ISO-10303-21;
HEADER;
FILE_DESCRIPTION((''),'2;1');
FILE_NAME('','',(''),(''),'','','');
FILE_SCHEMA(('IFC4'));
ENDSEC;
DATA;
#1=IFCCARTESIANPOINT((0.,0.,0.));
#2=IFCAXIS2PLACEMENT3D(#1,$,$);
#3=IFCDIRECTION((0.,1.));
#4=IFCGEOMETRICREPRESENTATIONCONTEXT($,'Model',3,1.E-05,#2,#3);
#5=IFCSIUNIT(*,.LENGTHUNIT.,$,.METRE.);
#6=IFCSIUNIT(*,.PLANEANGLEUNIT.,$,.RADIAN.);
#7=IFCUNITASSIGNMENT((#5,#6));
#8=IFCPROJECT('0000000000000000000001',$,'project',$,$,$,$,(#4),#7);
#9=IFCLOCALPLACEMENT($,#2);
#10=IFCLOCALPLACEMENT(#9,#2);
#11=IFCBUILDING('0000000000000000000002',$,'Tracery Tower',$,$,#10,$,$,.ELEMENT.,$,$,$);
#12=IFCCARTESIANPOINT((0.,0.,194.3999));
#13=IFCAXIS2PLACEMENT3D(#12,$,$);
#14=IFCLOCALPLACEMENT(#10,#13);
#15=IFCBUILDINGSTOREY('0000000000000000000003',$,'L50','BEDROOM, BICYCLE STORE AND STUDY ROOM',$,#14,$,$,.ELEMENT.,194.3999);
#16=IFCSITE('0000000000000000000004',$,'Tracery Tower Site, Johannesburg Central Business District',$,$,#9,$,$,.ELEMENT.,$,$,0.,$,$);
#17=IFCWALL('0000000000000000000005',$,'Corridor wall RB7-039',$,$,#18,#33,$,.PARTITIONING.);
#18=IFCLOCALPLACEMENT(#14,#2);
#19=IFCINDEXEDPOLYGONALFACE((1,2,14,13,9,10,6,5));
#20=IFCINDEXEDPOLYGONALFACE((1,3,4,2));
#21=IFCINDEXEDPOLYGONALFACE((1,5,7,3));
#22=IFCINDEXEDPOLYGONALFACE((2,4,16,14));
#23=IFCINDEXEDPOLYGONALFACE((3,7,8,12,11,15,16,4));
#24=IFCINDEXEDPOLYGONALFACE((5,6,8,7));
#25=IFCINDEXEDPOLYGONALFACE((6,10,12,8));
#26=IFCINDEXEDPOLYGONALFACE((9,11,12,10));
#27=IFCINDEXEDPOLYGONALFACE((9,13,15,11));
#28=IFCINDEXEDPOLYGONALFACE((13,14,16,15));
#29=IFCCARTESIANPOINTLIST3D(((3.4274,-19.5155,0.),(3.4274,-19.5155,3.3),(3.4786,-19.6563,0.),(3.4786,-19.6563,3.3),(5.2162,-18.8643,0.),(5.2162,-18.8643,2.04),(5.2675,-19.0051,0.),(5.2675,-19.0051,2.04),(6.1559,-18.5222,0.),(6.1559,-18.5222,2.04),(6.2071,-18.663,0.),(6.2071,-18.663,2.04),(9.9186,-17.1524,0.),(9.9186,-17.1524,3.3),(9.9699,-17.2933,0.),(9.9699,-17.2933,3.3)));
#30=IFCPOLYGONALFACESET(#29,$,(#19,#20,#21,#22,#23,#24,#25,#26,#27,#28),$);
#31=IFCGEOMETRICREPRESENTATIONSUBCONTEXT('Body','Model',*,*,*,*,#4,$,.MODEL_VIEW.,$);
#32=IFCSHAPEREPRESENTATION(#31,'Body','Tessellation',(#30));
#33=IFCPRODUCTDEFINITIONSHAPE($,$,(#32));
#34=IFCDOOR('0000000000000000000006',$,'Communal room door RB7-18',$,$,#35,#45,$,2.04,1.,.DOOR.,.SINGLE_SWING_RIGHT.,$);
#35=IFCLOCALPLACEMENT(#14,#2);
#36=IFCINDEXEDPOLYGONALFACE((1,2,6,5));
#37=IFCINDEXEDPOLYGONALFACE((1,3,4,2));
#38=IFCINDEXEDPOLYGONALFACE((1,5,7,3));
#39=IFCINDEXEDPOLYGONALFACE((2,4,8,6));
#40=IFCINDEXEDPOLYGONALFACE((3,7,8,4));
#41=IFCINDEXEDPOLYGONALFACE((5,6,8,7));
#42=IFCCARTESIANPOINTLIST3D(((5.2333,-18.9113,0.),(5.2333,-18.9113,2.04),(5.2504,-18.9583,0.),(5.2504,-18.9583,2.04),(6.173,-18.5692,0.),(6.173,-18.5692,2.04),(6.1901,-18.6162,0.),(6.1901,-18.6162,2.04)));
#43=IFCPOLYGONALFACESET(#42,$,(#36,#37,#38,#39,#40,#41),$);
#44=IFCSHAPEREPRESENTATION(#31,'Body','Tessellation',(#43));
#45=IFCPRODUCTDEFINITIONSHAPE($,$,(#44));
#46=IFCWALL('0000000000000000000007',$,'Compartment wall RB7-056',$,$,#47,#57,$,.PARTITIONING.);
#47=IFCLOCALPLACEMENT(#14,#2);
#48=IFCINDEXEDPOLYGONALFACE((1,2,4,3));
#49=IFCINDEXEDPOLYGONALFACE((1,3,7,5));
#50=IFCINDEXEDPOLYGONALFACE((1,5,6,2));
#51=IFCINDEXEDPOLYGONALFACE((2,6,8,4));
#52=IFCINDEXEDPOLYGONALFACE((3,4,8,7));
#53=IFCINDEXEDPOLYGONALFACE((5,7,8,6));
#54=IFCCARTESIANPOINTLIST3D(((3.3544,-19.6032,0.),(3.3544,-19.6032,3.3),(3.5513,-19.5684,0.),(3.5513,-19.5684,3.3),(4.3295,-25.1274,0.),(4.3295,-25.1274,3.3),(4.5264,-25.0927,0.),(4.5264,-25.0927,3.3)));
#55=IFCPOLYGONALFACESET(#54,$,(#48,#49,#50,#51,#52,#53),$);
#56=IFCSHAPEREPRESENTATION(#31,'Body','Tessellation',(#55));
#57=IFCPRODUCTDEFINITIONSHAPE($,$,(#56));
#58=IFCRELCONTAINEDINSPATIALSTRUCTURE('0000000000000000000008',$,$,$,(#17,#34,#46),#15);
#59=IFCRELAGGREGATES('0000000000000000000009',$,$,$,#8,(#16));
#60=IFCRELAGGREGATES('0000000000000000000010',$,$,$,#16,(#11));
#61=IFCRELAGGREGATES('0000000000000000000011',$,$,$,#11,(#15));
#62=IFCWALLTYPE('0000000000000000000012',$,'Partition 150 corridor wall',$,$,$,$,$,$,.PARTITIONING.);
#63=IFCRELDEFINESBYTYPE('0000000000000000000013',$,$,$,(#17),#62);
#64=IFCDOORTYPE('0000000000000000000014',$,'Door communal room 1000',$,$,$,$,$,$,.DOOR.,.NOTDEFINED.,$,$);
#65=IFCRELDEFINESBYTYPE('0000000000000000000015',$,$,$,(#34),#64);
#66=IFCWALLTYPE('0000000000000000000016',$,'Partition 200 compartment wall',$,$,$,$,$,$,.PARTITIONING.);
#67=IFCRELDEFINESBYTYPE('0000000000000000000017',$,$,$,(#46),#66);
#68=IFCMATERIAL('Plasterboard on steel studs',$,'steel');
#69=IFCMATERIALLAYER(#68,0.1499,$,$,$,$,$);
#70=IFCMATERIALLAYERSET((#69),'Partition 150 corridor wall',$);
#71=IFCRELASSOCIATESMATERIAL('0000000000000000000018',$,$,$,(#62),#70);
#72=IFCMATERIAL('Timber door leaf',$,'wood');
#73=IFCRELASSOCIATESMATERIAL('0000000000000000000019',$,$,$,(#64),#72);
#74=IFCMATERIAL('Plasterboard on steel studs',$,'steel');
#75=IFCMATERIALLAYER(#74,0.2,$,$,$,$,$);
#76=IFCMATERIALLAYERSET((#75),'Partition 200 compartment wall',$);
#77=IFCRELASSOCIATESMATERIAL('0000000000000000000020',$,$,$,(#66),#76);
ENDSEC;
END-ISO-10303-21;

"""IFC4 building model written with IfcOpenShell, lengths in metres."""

from ifc_helpers import new_model, si_unit, direction, frame, frame_2d, origin, place, context, subcontext, project, spatial, rectangle, extrude, material, layer, layer_set, type_object, element, fill, save


model = new_model("IFC4")

# Units and contexts
model_context = context("Model", 3, precision=1e-05, world=origin(), true_north=direction((0.0, 1.0)))
body_context = subcontext(model_context, "Body", "Model", "MODEL_VIEW")
ifc_project = project(units=[si_unit("LENGTHUNIT", "METRE"), si_unit("PLANEANGLEUNIT", "RADIAN")], contexts=[model_context])

# Site, building, storey
site_placement = place(None, origin())
site = spatial("IfcSite", under=ifc_project, at=site_placement, Name="Tracery Tower Site, Johannesburg Central Business District", CompositionType="ELEMENT", RefElevation=0.0)
building_placement = place(site_placement, origin())
building = spatial("IfcBuilding", under=site, at=building_placement, Name="Tracery Tower", CompositionType="ELEMENT")
storey_placement = place(building_placement, frame((0.0, 0.0, 194.3999)))
storey = spatial("IfcBuildingStorey", under=building, at=storey_placement, Name="L50", Description="BEDROOM, BICYCLE STORE AND STUDY ROOM", CompositionType="ELEMENT", Elevation=194.3999)

# Wall, opening, door
ifc_material_1 = material(Name="Plasterboard on steel studs", Category="steel")
ifc_layer_1 = layer(ifc_material_1, 0.1499)
ifc_layer_set_1 = layer_set([ifc_layer_1], Name="Partition 150 corridor wall")
wall_type_1 = type_object("IfcWallType", Name="Partition 150 corridor wall", PredefinedType="PARTITIONING", material=ifc_layer_set_1)
wall_1_placement = place(storey_placement, frame((3.4529, -19.5859, 0.0), z_axis=(0.0, 0.0, 1.0), x_axis=(0.939673, 0.342075, 0.0)))
wall_1 = element("IfcWall", 1, at=wall_1_placement, inside=storey, type_object=wall_type_1, Name="Corridor wall RB7-039", PredefinedType="PARTITIONING", context=body_context, shape_type="SweptSolid", body=[
    extrude(rectangle(XDim=6.908, YDim=0.1499, at=frame_2d((3.4541, 0.0))), origin(), (0.0, 0.0, 1.0), 3.3),
])
opening_1_placement = place(wall_1_placement, frame((1.9038, 0.0, 0.0)))
opening_1 = element("IfcOpeningElement", 2, at=opening_1_placement, cuts=wall_1, PredefinedType="OPENING", context=body_context, shape_type="SweptSolid", body=[
    extrude(rectangle(XDim=1.0, YDim=2.04, at=frame_2d((0.5, 1.02))), frame((0.0, 0.075, 0.0), z_axis=(0.0, -1.0, 0.0), x_axis=(1.0, 0.0, 0.0)), (0.0, 0.0, 1.0), 0.1499),
])
ifc_material_2 = material(Name="Timber door leaf", Category="wood")
door_type_1 = type_object("IfcDoorType", Name="Door communal room 1000", OperationType="NOTDEFINED", PredefinedType="DOOR", material=ifc_material_2)
door_1_placement = place(opening_1_placement, origin())
door_1 = element("IfcDoor", 3, at=door_1_placement, inside=storey, type_object=door_type_1, Name="Communal room door RB7-18", OperationType="SINGLE_SWING_RIGHT", OverallHeight=2.04, OverallWidth=1.0, PredefinedType="DOOR", context=body_context, shape_type="SweptSolid", body=[
    extrude(rectangle(XDim=1.0, YDim=2.04, at=frame_2d((0.5, 1.02))), frame((0.0, 0.0249, 0.0), z_axis=(0.0, -1.0, 0.0), x_axis=(1.0, 0.0, 0.0)), (0.0, 0.0, 1.0), 0.05),
])
fill(opening_1, door_1)

# Wall
ifc_material_3 = material(Name="Plasterboard on steel studs", Category="steel")
ifc_layer_2 = layer(ifc_material_3, 0.2)
ifc_layer_set_2 = layer_set([ifc_layer_2], Name="Partition 200 compartment wall")
wall_type_2 = type_object("IfcWallType", Name="Partition 200 compartment wall", PredefinedType="PARTITIONING", material=ifc_layer_set_2)
wall_2_placement = place(storey_placement, frame((3.4529, -19.5859, 0.0), z_axis=(0.0, 0.0, 1.0), x_axis=(0.173828, -0.984776, 0.0)))
element("IfcWall", 4, at=wall_2_placement, inside=storey, type_object=wall_type_2, Name="Compartment wall RB7-056", PredefinedType="PARTITIONING", context=body_context, shape_type="SweptSolid", body=[
    extrude(rectangle(XDim=5.6096, YDim=0.2, at=frame_2d((2.8047, 0.0))), origin(), (0.0, 0.0, 1.0), 3.3),
])

save(model, "model.ifc")
